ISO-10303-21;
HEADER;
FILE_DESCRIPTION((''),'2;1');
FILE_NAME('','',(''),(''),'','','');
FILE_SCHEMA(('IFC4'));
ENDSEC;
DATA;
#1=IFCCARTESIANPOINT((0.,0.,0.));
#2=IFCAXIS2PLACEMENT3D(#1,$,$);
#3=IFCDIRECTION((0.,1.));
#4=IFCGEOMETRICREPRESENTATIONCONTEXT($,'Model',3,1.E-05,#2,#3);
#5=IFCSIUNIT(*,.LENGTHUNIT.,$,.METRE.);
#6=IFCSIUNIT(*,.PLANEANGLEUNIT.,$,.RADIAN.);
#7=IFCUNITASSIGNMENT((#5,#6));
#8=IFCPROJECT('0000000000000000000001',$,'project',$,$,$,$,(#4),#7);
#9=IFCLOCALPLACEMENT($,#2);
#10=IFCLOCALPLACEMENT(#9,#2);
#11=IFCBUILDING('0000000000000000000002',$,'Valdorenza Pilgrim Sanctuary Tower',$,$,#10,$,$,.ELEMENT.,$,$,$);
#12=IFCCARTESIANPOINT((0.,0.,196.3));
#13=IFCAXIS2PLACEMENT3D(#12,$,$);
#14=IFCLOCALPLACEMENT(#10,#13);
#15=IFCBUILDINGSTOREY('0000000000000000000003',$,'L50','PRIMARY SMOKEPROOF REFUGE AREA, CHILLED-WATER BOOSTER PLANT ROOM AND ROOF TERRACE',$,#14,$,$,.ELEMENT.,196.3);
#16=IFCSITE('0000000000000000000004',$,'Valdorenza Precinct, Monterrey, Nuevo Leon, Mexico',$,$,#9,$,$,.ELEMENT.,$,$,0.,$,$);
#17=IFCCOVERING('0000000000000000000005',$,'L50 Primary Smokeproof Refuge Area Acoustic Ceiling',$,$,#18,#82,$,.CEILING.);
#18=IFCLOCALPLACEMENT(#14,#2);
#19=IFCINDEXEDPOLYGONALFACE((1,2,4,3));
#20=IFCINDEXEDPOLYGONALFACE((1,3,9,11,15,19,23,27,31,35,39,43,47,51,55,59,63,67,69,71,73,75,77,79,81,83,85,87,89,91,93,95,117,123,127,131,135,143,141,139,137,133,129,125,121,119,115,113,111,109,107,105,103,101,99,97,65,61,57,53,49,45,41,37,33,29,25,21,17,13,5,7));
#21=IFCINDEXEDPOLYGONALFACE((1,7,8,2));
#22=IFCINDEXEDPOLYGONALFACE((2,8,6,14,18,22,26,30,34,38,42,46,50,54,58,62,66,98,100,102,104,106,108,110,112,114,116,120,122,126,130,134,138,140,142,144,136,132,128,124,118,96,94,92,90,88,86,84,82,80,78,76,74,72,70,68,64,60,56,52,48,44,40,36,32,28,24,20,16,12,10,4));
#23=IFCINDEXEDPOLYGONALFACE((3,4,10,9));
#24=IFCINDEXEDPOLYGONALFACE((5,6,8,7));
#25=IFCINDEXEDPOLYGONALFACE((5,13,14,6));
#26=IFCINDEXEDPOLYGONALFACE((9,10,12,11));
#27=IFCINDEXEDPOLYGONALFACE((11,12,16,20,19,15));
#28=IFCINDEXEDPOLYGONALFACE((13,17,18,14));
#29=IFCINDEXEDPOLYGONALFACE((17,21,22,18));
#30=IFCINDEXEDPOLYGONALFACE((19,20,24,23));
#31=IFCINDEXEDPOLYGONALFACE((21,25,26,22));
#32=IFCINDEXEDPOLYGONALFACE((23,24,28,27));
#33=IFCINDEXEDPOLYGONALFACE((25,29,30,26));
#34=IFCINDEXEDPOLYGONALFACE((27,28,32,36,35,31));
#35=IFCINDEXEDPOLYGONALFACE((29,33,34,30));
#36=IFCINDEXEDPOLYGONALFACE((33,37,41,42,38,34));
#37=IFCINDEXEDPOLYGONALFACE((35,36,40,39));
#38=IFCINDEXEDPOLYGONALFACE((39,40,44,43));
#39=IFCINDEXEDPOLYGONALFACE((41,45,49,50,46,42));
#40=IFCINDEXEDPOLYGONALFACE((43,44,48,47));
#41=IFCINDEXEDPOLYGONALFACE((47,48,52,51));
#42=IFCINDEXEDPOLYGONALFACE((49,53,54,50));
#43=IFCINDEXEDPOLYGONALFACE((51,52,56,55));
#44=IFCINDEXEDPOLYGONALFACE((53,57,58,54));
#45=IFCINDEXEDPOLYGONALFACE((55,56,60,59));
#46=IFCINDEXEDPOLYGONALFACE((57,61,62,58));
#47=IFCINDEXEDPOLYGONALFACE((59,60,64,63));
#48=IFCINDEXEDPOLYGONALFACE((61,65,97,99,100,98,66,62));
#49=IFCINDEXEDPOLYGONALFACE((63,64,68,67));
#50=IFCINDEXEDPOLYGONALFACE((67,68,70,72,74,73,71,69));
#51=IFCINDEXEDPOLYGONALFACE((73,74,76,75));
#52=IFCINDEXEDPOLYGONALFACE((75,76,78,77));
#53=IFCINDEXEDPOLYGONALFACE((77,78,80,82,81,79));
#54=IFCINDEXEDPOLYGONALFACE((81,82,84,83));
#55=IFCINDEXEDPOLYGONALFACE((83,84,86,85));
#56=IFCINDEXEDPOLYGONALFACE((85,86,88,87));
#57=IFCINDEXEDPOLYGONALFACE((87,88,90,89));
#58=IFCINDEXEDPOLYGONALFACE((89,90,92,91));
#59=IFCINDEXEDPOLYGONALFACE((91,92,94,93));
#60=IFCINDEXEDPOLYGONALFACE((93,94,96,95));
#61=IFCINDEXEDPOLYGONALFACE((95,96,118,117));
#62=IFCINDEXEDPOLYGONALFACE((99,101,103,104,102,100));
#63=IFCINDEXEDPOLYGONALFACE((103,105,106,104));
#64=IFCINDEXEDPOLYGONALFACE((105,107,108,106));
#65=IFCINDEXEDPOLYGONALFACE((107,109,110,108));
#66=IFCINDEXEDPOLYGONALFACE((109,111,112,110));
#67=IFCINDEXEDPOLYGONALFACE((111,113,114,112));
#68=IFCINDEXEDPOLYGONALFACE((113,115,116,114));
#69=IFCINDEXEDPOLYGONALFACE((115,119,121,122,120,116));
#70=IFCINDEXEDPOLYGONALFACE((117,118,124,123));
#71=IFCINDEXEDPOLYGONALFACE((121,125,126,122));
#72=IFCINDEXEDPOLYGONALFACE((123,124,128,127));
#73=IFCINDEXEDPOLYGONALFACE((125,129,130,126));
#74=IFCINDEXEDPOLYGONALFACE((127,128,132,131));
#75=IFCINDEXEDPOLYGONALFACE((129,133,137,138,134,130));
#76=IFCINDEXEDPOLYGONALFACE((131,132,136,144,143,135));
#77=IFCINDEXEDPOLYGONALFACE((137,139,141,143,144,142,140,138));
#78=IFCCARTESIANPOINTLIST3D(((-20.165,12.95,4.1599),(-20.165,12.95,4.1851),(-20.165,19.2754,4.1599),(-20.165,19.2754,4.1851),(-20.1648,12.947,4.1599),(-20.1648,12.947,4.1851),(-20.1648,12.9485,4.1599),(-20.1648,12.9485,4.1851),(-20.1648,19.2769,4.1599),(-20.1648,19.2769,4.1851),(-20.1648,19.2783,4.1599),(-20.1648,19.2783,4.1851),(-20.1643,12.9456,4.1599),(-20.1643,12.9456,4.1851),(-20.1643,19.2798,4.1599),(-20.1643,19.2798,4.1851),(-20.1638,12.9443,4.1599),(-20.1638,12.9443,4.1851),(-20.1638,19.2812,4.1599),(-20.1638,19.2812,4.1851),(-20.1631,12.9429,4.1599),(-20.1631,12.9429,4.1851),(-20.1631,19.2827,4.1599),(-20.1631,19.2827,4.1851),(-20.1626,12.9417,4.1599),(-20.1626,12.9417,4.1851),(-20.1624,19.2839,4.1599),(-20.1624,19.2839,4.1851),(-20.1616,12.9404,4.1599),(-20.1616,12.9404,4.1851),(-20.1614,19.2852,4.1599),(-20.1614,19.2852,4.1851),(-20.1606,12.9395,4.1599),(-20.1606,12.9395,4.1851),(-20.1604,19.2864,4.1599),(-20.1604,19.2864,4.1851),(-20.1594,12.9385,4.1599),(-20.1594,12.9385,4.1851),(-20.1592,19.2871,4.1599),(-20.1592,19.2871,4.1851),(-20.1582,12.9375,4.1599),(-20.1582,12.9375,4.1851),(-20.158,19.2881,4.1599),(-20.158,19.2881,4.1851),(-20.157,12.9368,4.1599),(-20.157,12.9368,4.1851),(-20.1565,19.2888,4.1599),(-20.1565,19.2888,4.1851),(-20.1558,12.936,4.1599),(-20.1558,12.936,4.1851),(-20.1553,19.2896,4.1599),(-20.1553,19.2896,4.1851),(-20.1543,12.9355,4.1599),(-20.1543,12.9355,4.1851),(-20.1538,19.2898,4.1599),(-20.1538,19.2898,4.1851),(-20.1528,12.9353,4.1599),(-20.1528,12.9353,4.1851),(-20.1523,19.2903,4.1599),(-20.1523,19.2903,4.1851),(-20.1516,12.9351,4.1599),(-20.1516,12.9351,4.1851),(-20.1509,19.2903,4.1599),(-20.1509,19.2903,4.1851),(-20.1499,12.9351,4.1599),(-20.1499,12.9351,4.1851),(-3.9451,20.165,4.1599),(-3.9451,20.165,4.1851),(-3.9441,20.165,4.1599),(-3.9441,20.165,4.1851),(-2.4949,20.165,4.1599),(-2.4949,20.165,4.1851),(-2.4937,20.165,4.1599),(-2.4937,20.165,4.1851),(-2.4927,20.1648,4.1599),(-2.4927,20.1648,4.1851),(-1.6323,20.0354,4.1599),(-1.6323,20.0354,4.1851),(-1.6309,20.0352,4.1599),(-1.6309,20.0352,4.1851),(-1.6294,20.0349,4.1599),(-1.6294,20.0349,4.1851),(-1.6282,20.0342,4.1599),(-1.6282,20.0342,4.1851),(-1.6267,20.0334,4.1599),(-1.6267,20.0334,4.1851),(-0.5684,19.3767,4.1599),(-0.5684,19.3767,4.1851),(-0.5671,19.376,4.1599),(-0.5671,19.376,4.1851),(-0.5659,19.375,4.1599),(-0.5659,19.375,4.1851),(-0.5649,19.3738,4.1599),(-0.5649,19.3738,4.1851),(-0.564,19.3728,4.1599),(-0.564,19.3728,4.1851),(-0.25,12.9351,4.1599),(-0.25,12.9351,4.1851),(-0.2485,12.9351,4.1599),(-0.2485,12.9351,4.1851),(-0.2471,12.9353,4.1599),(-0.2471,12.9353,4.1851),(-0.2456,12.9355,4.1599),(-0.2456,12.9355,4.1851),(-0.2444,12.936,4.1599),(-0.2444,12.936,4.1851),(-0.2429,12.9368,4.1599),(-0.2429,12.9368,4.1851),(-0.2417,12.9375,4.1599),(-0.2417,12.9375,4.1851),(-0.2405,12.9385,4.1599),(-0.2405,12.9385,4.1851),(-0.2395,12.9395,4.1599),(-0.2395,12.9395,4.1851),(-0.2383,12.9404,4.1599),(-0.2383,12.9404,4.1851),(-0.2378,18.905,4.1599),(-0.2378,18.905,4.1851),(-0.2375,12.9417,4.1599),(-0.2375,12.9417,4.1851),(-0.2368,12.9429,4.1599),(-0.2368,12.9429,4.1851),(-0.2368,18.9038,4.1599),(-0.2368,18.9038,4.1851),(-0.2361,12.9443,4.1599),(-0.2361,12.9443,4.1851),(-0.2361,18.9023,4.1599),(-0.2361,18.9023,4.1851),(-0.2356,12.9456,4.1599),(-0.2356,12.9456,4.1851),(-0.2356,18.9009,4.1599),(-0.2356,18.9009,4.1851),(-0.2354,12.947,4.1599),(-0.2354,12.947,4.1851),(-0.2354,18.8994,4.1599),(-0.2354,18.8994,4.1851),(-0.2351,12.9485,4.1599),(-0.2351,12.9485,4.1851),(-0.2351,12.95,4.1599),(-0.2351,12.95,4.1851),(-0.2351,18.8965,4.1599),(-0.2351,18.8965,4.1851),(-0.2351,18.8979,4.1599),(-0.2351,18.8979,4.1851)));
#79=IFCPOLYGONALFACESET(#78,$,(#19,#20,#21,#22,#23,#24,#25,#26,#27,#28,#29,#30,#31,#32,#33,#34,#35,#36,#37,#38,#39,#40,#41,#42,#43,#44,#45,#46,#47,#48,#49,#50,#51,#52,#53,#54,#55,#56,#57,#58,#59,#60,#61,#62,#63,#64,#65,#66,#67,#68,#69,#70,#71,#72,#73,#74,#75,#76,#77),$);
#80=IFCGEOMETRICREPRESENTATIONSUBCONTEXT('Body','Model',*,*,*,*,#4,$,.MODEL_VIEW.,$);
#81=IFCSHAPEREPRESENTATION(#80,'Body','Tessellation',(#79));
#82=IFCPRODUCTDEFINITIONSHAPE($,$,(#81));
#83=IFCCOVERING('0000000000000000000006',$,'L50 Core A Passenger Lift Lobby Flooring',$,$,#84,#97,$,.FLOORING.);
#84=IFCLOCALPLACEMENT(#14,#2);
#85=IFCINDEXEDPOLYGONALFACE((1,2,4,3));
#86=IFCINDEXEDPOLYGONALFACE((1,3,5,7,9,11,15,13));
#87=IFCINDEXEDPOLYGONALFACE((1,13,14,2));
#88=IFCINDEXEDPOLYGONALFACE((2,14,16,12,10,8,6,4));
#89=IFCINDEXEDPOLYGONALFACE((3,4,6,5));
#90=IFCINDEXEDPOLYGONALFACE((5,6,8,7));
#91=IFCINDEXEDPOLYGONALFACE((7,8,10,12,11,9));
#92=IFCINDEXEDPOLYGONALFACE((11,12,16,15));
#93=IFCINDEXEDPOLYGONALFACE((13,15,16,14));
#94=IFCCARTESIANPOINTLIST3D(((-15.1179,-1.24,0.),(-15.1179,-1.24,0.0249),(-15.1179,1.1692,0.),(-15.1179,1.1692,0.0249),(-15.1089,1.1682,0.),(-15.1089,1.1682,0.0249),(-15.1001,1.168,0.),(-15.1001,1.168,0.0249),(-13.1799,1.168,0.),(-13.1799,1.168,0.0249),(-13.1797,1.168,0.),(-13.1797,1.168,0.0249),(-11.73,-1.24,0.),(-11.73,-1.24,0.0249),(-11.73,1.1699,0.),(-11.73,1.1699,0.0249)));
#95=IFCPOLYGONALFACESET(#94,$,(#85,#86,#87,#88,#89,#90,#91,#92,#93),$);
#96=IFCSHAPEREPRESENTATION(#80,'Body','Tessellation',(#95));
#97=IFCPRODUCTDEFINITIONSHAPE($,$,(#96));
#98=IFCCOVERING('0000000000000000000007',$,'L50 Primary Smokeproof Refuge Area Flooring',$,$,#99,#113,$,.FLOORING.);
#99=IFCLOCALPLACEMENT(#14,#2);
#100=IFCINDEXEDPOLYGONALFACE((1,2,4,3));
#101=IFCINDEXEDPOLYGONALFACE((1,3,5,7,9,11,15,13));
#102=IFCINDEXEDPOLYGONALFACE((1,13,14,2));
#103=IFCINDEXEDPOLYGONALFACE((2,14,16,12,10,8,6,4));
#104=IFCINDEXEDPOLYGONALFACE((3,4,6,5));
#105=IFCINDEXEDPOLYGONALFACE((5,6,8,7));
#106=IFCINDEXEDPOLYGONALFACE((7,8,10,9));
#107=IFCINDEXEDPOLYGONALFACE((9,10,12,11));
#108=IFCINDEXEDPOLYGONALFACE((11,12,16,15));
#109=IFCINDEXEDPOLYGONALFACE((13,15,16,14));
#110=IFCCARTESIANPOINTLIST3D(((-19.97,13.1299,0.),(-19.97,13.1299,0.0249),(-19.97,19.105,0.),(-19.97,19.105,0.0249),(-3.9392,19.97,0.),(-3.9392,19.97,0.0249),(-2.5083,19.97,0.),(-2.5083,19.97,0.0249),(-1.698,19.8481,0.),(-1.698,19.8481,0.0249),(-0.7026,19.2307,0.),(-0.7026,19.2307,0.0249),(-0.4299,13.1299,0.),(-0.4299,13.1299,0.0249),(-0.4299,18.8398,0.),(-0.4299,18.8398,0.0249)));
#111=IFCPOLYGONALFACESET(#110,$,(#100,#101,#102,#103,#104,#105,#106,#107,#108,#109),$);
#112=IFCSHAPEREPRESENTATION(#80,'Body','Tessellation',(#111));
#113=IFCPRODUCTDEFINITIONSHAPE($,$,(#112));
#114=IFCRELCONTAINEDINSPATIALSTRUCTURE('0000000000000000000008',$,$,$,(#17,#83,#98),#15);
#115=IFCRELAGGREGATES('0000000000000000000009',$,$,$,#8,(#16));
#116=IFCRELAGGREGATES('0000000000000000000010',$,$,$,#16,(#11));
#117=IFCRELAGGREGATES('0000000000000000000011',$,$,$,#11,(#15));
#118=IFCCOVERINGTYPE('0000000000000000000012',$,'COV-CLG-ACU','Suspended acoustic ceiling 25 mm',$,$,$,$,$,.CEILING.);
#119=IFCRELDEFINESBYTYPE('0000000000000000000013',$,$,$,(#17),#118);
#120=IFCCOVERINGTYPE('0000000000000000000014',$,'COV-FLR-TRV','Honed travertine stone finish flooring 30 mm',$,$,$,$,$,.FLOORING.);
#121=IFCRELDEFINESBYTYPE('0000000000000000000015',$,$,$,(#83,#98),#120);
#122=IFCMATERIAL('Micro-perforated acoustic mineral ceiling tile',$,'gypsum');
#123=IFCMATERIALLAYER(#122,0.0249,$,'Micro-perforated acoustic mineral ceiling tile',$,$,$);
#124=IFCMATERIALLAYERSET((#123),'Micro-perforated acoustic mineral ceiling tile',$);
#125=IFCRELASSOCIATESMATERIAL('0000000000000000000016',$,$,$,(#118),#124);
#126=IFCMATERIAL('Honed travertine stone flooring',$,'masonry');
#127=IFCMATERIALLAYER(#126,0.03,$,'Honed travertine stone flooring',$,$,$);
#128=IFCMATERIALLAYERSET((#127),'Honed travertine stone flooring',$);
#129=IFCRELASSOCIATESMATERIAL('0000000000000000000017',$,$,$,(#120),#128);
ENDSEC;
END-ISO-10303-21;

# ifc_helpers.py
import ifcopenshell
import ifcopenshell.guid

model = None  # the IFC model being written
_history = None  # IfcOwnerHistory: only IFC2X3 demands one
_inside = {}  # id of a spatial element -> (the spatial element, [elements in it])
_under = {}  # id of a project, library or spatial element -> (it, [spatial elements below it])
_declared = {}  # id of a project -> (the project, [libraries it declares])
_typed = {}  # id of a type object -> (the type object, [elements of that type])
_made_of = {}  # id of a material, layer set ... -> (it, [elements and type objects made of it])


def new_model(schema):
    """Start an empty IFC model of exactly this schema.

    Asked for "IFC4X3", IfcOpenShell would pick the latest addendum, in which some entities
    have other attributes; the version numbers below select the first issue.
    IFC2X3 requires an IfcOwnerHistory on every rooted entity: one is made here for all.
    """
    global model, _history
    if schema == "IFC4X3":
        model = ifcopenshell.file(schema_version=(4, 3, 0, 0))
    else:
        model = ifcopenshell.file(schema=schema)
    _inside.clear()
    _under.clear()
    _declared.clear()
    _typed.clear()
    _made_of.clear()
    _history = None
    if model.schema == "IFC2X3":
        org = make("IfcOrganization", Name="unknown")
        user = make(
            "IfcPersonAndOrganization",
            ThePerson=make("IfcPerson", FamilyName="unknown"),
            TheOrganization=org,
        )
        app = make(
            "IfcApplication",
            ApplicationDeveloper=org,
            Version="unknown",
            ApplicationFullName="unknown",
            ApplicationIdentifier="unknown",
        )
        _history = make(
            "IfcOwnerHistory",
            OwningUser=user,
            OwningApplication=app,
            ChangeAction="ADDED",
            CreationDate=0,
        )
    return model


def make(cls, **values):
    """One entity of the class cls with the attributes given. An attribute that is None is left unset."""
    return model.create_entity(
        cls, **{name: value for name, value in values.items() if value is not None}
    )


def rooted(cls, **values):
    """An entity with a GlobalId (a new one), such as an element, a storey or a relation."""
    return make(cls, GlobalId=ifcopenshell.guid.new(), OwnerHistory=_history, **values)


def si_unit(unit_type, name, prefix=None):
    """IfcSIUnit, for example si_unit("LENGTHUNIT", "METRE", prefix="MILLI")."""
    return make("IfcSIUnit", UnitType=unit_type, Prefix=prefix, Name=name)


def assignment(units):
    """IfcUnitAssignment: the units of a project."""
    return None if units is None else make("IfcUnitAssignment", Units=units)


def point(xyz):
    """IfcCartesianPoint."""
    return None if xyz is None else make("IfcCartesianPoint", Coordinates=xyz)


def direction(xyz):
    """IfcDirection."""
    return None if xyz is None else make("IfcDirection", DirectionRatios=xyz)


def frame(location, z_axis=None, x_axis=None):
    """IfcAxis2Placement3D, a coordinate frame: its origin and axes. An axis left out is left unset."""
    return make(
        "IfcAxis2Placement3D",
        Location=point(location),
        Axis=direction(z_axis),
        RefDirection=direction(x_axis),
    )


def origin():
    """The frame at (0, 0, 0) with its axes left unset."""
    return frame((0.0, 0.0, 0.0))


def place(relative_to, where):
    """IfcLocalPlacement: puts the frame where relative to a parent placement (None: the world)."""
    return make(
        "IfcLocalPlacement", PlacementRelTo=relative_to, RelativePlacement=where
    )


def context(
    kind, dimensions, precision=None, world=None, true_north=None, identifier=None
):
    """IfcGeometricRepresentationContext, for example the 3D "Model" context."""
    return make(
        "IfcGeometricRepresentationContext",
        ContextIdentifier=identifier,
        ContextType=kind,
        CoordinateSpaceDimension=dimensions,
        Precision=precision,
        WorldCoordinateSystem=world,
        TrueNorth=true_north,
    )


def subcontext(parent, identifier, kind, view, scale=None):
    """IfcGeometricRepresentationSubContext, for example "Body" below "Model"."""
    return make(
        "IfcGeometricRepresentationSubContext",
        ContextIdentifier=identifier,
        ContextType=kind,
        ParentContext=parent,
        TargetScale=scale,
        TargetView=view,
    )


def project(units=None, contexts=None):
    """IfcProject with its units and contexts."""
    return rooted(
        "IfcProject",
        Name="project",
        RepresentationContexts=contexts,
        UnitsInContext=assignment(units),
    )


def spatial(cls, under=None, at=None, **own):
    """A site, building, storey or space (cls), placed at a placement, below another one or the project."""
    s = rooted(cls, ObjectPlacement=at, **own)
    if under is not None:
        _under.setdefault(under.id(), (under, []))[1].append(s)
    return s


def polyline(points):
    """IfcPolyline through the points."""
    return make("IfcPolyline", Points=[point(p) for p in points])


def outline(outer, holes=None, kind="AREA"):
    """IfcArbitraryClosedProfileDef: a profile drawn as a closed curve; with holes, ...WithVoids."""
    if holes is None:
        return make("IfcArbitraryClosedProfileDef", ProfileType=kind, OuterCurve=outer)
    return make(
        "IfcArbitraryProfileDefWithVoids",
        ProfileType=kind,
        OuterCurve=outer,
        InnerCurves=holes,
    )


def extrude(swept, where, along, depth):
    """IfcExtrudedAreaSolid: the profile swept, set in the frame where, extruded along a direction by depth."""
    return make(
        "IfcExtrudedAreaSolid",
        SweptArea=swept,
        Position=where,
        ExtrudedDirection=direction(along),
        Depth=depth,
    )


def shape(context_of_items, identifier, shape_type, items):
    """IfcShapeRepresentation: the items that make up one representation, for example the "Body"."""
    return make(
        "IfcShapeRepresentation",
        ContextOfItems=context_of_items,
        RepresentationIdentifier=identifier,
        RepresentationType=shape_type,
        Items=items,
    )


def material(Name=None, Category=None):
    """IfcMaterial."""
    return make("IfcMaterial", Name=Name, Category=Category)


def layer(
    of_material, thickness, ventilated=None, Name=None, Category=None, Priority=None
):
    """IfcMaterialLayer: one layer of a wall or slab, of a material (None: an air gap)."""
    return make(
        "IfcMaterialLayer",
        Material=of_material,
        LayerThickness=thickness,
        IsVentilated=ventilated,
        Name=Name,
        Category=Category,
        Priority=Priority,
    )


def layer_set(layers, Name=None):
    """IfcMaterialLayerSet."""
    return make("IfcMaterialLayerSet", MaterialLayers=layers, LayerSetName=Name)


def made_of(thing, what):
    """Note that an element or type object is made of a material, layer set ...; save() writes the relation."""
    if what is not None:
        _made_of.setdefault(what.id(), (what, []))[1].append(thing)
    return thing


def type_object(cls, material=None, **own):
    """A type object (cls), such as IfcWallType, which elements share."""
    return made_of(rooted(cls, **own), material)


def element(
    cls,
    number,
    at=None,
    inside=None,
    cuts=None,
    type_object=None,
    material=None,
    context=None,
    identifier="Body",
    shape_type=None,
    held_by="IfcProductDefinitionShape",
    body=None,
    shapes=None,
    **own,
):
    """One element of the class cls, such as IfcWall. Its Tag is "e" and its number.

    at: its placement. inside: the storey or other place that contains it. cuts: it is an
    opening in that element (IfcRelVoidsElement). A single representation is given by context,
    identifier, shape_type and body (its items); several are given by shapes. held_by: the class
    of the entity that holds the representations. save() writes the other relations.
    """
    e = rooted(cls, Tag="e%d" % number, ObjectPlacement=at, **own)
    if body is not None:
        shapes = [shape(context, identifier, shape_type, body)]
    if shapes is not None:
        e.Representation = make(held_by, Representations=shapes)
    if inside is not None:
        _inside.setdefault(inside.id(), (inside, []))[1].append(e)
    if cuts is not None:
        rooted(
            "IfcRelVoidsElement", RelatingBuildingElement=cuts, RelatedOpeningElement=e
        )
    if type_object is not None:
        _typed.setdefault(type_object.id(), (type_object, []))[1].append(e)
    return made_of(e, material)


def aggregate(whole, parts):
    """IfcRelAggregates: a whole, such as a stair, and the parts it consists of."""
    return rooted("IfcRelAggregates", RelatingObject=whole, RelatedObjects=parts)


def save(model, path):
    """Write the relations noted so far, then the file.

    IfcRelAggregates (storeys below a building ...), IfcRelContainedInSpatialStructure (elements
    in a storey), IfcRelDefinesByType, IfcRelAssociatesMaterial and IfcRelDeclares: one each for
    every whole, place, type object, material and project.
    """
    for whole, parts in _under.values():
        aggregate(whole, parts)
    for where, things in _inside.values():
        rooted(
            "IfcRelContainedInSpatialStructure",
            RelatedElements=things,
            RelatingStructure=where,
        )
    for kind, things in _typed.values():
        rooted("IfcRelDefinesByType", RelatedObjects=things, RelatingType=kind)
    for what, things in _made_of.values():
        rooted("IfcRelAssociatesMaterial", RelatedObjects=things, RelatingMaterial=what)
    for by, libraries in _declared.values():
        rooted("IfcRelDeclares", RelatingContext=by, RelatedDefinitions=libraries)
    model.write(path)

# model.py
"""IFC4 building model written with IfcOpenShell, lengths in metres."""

from ifc_helpers import new_model, si_unit, direction, frame, origin, place, context, subcontext, project, spatial, polyline, outline, extrude, material, layer, layer_set, type_object, element, save


model = new_model("IFC4")

# Units and contexts
model_context = context("Model", 3, precision=1e-05, world=origin(), true_north=direction((0.0, 1.0)))
body_context = subcontext(model_context, "Body", "Model", "MODEL_VIEW")
ifc_project = project(units=[si_unit("LENGTHUNIT", "METRE"), si_unit("PLANEANGLEUNIT", "RADIAN")], contexts=[model_context])

# Site, building, storey
site_placement = place(None, origin())
site = spatial("IfcSite", under=ifc_project, at=site_placement, Name="Valdorenza Precinct, Monterrey, Nuevo Leon, Mexico", CompositionType="ELEMENT", RefElevation=0.0)
building_placement = place(site_placement, origin())
building = spatial("IfcBuilding", under=site, at=building_placement, Name="Valdorenza Pilgrim Sanctuary Tower", CompositionType="ELEMENT")
storey_placement = place(building_placement, frame((0.0, 0.0, 196.3)))
storey = spatial("IfcBuildingStorey", under=building, at=storey_placement, Name="L50", Description="PRIMARY SMOKEPROOF REFUGE AREA, CHILLED-WATER BOOSTER PLANT ROOM AND ROOF TERRACE", CompositionType="ELEMENT", Elevation=196.3)

# Coverings
ifc_material_1 = material(Name="Micro-perforated acoustic mineral ceiling tile", Category="gypsum")
ifc_layer_1 = layer(ifc_material_1, 0.0249, Name="Micro-perforated acoustic mineral ceiling tile")
ifc_layer_set_1 = layer_set([ifc_layer_1], Name="Micro-perforated acoustic mineral ceiling tile")
covering_type_1 = type_object("IfcCoveringType", Name="COV-CLG-ACU", Description="Suspended acoustic ceiling 25 mm", PredefinedType="CEILING", material=ifc_layer_set_1)
covering_1_placement = place(storey_placement, frame((0.0, 0.0, 4.1599)))
element("IfcCovering", 1, at=covering_1_placement, inside=storey, type_object=covering_type_1, Name="L50 Primary Smokeproof Refuge Area Acoustic Ceiling", PredefinedType="CEILING", context=body_context, shape_type="SweptSolid", body=[
    extrude(outline(polyline([(-20.1499, 12.9351), (-20.1516, 12.9351), (-20.1528, 12.9353), (-20.1543, 12.9355), (-20.1558, 12.936), (-20.157, 12.9368), (-20.1582, 12.9375), (-20.1594, 12.9385), (-20.1606, 12.9395), (-20.1616, 12.9404), (-20.1626, 12.9417), (-20.1631, 12.9429), (-20.1638, 12.9443), (-20.1643, 12.9456), (-20.1648, 12.947), (-20.1648, 12.9485), (-20.165, 12.95), (-20.165, 19.2754), (-20.1648, 19.2769), (-20.1648, 19.2783), (-20.1643, 19.2798), (-20.1638, 19.2812), (-20.1631, 19.2827), (-20.1624, 19.2839), (-20.1614, 19.2852), (-20.1604, 19.2864), (-20.1592, 19.2871), (-20.158, 19.2881), (-20.1565, 19.2888), (-20.1553, 19.2896), (-20.1538, 19.2898), (-20.1523, 19.2903), (-20.1509, 19.2903), (-3.9451, 20.165), (-3.9441, 20.165), (-2.4949, 20.165), (-2.4937, 20.165), (-2.4927, 20.1648), (-1.6323, 20.0354), (-1.6309, 20.0352), (-1.6294, 20.0349), (-1.6282, 20.0342), (-1.6267, 20.0334), (-0.5684, 19.3767), (-0.5671, 19.376), (-0.5659, 19.375), (-0.5649, 19.3738), (-0.564, 19.3728), (-0.2378, 18.905), (-0.2368, 18.9038), (-0.2361, 18.9023), (-0.2356, 18.9009), (-0.2354, 18.8994), (-0.2351, 18.8979), (-0.2351, 18.8965), (-0.2351, 12.95), (-0.2351, 12.9485), (-0.2354, 12.947), (-0.2356, 12.9456), (-0.2361, 12.9443), (-0.2368, 12.9429), (-0.2375, 12.9417), (-0.2383, 12.9404), (-0.2395, 12.9395), (-0.2405, 12.9385), (-0.2417, 12.9375), (-0.2429, 12.9368), (-0.2444, 12.936), (-0.2456, 12.9355), (-0.2471, 12.9353), (-0.2485, 12.9351), (-0.25, 12.9351), (-20.1499, 12.9351)])), origin(), (0.0, 0.0, 1.0), 0.0251),
])
ifc_material_2 = material(Name="Honed travertine stone flooring", Category="masonry")
ifc_layer_2 = layer(ifc_material_2, 0.03, Name="Honed travertine stone flooring")
ifc_layer_set_2 = layer_set([ifc_layer_2], Name="Honed travertine stone flooring")
covering_type_2 = type_object("IfcCoveringType", Name="COV-FLR-TRV", Description="Honed travertine stone finish flooring 30 mm", PredefinedType="FLOORING", material=ifc_layer_set_2)
covering_2_placement = place(storey_placement, origin())
element("IfcCovering", 2, at=covering_2_placement, inside=storey, type_object=covering_type_2, Name="L50 Core A Passenger Lift Lobby Flooring", PredefinedType="FLOORING", context=body_context, shape_type="SweptSolid", body=[
    extrude(outline(polyline([(-15.1179, 1.1692), (-15.1089, 1.1682), (-15.1089, 1.1682), (-15.1001, 1.168), (-13.1799, 1.168), (-13.1797, 1.168), (-11.73, 1.1699), (-11.73, -1.24), (-15.1179, -1.24), (-15.1179, 1.1692)])), origin(), (0.0, 0.0, 1.0), 0.0249),
])
covering_3_placement = place(storey_placement, origin())
element("IfcCovering", 3, at=covering_3_placement, inside=storey, type_object=covering_type_2, Name="L50 Primary Smokeproof Refuge Area Flooring", PredefinedType="FLOORING", context=body_context, shape_type="SweptSolid", body=[
    extrude(outline(polyline([(-19.97, 13.1299), (-19.97, 19.105), (-3.9392, 19.97), (-2.5083, 19.97), (-1.698, 19.8481), (-0.7026, 19.2307), (-0.4299, 18.8398), (-0.4299, 13.1299), (-19.97, 13.1299)])), origin(), (0.0, 0.0, 1.0), 0.0249),
])

save(model, "model.ifc")
